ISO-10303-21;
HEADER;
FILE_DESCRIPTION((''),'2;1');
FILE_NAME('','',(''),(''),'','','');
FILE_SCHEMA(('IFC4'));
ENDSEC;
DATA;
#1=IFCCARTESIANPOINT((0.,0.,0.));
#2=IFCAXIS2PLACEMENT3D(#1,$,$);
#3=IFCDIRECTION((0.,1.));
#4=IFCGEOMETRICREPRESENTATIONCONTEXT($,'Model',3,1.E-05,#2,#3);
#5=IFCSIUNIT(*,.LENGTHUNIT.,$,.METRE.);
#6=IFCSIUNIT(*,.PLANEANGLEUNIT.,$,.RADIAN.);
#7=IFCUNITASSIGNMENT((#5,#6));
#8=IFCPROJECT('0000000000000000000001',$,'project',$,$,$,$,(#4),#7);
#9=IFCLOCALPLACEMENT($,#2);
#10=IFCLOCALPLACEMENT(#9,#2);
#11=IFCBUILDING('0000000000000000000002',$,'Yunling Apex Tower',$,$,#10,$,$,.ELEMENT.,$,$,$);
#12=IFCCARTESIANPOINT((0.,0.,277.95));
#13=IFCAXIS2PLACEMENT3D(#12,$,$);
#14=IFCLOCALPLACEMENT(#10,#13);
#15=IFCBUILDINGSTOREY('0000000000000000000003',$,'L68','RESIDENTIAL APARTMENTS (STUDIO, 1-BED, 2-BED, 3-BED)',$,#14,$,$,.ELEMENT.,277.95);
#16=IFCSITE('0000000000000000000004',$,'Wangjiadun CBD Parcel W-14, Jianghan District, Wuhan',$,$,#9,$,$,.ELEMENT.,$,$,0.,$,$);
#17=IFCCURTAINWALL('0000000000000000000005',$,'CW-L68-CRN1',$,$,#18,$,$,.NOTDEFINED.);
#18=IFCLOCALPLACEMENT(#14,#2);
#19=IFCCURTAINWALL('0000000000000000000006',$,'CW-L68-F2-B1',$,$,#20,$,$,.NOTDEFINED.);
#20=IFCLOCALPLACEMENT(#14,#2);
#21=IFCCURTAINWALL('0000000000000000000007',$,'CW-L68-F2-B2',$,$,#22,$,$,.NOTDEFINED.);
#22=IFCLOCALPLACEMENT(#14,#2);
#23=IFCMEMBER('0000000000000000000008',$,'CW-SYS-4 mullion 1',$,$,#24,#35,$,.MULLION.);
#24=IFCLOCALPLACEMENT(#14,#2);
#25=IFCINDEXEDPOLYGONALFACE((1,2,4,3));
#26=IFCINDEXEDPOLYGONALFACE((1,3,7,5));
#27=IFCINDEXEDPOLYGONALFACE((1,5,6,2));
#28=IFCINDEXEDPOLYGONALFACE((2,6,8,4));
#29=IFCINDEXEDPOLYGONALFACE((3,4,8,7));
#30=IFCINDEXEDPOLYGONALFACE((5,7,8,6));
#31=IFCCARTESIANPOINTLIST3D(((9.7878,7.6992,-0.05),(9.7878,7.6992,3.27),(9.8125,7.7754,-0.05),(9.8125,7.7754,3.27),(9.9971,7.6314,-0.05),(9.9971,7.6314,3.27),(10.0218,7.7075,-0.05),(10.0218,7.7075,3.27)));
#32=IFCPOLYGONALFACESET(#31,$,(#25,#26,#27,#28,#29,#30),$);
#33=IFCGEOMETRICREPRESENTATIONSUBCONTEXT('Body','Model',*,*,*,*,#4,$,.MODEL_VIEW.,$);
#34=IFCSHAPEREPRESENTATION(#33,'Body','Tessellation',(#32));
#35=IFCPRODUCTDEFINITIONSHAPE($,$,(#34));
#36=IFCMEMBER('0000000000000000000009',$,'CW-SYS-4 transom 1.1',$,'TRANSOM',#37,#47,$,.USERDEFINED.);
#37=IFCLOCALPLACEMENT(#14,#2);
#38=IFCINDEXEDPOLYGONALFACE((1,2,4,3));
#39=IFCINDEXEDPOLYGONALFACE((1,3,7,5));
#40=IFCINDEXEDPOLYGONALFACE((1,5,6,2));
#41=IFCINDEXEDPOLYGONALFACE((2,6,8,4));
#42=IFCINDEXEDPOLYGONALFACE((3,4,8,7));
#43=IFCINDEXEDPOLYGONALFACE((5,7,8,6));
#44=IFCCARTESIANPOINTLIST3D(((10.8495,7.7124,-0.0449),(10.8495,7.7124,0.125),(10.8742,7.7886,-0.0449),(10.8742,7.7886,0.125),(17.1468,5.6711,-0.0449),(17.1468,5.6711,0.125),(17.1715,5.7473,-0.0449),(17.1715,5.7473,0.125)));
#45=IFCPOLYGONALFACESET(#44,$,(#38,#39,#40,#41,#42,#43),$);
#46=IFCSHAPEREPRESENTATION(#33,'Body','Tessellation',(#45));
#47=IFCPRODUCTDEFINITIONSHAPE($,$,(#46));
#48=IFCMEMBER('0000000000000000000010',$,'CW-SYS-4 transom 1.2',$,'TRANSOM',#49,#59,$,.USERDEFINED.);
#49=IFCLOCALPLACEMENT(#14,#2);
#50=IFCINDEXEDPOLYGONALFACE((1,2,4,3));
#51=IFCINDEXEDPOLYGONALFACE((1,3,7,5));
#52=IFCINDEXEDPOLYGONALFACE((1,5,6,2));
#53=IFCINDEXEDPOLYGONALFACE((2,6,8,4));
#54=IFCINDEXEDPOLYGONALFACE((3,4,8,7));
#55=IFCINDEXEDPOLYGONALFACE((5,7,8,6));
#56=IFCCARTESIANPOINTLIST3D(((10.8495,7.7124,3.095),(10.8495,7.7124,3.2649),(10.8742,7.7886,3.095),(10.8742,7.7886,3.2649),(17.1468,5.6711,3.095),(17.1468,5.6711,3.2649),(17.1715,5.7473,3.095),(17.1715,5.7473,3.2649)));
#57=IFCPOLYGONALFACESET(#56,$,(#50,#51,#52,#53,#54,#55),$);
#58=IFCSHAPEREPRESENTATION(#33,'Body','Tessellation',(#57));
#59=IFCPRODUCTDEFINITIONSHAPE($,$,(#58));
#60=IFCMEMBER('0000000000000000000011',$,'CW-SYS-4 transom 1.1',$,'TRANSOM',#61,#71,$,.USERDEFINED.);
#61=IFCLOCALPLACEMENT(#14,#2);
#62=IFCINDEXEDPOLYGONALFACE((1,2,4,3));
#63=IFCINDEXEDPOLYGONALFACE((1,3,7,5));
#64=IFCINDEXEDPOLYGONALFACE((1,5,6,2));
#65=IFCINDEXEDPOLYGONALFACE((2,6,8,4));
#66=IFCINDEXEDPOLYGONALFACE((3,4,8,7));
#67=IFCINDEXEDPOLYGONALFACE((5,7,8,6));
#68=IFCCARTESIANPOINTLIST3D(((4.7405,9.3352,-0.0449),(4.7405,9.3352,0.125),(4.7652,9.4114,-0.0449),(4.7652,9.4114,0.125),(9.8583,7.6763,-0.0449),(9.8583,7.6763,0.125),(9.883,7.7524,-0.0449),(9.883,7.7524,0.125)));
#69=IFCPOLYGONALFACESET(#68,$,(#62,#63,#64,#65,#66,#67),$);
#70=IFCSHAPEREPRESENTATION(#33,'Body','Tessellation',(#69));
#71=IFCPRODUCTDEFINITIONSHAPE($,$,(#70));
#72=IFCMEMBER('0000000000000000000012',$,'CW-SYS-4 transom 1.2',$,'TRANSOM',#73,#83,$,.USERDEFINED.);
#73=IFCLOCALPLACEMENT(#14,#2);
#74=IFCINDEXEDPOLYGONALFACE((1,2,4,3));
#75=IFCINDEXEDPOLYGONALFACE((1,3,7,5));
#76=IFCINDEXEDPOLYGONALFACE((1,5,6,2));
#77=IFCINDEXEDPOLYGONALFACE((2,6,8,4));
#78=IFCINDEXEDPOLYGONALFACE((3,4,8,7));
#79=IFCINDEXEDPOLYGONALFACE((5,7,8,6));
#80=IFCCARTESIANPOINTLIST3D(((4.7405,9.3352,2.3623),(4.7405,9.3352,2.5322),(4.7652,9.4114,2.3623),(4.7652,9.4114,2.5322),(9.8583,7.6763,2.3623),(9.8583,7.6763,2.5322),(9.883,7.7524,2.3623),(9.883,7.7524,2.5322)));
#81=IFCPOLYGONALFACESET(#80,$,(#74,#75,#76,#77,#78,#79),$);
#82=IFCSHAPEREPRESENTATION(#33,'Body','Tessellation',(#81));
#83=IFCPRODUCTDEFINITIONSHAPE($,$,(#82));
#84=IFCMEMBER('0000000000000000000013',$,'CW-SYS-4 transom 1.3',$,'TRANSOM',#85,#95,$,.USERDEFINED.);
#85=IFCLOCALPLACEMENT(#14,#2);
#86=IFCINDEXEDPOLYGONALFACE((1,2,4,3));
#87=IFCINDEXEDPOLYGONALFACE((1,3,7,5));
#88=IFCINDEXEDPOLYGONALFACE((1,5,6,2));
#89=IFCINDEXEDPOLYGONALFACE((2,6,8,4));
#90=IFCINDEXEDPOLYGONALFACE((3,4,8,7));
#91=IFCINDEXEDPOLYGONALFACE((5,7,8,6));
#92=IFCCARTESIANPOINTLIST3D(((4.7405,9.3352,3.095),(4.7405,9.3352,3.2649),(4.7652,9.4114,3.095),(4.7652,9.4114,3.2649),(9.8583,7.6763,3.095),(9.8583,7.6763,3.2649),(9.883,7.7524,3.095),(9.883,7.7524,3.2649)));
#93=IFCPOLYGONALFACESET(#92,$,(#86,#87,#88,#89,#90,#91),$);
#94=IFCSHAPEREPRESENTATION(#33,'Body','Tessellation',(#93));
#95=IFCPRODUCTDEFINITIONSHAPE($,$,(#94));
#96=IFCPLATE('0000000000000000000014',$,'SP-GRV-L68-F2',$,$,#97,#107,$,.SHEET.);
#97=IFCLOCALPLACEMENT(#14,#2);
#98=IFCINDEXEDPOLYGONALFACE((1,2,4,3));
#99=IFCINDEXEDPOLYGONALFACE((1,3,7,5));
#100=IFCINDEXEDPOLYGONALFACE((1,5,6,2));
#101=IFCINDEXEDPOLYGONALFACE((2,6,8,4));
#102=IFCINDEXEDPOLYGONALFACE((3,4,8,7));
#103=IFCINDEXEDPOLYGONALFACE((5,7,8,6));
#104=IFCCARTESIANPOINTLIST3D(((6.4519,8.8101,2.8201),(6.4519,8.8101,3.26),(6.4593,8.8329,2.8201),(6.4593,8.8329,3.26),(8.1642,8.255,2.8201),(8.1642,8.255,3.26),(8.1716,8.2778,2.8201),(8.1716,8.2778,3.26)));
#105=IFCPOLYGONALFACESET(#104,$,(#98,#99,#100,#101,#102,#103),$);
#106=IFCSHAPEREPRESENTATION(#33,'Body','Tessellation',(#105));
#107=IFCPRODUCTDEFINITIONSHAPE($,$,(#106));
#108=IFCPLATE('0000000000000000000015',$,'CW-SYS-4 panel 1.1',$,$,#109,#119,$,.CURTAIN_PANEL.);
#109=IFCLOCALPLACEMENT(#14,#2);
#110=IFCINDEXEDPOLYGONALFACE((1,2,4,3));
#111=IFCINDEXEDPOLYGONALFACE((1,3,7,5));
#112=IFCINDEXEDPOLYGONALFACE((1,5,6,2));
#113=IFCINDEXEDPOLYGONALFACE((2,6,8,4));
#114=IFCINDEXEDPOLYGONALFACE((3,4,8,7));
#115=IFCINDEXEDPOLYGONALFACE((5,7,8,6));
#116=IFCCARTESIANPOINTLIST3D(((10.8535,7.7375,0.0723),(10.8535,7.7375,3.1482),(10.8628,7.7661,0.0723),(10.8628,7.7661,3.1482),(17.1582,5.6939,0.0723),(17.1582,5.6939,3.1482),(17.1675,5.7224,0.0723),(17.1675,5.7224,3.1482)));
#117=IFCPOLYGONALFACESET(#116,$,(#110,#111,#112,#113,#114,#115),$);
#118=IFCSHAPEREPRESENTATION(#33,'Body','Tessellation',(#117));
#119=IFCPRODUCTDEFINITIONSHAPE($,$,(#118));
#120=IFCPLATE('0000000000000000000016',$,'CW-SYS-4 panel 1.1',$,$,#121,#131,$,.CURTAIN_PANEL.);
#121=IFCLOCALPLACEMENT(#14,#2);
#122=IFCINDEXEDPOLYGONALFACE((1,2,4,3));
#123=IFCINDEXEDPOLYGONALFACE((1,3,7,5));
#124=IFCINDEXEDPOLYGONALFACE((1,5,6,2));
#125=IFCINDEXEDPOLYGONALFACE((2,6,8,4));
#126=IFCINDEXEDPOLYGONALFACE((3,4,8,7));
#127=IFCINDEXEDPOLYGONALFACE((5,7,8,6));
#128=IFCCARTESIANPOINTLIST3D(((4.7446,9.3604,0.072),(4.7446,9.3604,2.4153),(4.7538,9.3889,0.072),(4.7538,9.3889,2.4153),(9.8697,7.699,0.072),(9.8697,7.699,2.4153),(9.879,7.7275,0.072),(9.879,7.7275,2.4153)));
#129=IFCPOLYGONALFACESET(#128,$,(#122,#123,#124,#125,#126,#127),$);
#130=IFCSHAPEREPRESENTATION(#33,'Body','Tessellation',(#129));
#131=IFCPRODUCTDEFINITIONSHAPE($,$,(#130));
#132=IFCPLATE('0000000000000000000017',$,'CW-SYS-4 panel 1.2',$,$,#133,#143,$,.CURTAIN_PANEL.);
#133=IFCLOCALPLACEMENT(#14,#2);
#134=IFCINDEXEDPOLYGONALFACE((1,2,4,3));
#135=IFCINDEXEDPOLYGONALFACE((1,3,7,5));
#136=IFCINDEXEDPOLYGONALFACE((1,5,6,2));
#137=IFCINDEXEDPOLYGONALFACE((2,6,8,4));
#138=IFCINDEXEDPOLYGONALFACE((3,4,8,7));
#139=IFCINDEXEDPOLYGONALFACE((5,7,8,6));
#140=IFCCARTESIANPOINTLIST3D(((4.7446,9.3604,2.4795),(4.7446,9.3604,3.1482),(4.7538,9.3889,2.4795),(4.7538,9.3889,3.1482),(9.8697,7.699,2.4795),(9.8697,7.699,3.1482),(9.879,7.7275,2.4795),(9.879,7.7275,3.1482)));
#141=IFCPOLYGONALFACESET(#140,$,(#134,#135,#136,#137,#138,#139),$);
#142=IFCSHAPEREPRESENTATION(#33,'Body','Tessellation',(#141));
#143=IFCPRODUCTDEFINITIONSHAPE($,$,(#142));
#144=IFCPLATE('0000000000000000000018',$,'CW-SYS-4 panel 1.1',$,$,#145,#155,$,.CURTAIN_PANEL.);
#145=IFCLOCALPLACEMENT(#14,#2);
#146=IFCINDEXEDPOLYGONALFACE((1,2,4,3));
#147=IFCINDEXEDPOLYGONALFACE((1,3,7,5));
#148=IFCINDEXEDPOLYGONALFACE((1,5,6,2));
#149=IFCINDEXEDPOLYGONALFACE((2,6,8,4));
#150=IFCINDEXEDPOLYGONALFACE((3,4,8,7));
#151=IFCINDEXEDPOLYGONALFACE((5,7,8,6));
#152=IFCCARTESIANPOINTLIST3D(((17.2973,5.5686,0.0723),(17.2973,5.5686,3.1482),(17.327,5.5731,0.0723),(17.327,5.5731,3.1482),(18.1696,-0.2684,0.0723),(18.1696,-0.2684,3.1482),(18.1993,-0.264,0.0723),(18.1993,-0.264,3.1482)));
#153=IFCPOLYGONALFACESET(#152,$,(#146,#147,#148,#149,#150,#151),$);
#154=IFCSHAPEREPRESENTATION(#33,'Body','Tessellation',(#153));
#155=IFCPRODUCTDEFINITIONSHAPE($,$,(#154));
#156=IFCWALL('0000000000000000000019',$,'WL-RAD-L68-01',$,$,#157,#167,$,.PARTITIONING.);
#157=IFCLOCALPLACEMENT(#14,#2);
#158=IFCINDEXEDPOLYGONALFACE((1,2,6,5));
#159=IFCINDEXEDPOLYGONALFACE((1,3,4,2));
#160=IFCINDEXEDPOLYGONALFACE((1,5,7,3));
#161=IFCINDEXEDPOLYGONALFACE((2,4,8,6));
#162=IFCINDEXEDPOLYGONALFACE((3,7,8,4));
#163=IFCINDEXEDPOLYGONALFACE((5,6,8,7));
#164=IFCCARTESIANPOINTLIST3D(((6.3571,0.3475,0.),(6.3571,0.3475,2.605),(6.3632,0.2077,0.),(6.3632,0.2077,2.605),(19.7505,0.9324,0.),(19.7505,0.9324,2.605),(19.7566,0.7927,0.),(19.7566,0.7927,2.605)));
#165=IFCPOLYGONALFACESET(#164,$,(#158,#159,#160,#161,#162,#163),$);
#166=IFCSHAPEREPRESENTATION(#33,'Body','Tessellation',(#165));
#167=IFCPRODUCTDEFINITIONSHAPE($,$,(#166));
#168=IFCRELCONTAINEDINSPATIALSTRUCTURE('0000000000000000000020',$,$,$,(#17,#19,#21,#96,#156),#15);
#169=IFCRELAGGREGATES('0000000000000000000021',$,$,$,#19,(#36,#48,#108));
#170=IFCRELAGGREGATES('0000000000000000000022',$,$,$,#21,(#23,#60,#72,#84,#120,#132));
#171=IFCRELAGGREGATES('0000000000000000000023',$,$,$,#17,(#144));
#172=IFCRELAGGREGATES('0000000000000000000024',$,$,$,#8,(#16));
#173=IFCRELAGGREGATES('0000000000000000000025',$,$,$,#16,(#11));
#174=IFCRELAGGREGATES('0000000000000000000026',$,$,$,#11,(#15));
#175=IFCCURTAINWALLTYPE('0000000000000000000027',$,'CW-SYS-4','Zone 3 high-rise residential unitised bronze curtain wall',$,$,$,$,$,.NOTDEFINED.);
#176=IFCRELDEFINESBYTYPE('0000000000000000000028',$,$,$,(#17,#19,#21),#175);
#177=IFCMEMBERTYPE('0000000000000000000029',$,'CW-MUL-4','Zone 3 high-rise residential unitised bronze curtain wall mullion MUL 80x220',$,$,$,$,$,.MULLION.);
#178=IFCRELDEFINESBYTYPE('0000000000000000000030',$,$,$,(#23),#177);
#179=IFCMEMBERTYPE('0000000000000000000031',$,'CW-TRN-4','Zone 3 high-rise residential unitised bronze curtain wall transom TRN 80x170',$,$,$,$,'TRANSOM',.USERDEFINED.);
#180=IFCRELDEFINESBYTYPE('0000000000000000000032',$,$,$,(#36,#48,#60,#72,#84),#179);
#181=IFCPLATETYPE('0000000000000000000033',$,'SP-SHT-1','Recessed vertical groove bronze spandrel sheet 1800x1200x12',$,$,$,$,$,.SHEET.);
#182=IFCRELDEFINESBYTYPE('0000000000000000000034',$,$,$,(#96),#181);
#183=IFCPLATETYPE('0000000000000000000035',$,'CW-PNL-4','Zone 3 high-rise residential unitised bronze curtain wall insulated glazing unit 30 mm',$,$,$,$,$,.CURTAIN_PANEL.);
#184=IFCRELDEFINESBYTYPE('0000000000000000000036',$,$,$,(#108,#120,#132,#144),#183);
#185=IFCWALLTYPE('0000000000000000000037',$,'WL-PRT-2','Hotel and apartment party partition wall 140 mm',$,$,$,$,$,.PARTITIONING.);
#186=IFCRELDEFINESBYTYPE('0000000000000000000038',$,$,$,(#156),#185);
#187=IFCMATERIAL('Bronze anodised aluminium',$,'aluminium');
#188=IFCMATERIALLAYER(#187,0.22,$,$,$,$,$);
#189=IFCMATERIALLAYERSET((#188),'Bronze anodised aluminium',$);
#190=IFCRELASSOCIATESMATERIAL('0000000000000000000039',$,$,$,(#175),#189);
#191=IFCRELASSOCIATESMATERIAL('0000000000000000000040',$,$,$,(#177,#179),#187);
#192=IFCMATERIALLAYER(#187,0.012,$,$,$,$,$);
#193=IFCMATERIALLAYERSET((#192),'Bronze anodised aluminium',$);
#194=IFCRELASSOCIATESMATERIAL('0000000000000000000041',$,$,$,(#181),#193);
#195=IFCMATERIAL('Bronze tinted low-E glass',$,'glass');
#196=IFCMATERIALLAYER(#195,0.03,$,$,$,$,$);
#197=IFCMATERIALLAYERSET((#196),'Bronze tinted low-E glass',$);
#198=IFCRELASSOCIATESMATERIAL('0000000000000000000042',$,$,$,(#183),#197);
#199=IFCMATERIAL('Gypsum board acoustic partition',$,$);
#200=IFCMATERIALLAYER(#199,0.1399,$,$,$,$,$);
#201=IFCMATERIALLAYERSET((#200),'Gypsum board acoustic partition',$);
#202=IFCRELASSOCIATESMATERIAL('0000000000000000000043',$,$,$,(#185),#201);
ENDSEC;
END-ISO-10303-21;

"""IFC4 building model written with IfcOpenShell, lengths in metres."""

from ifc_helpers import new_model, si_unit, direction, frame, frame_2d, origin, origin_2d, place, context, subcontext, project, spatial, rectangle, extrude, source, transform, mapped, material, layer, layer_set, material_profile, profile_set, type_object, element, aggregate, save


model = new_model("IFC4")

# Units and contexts
model_context = context("Model", 3, precision=1e-05, world=origin(), true_north=direction((0.0, 1.0)))
body_context = subcontext(model_context, "Body", "Model", "MODEL_VIEW")
ifc_project = project(units=[si_unit("LENGTHUNIT", "METRE"), si_unit("PLANEANGLEUNIT", "RADIAN")], contexts=[model_context])

# Site, building, storey
site_placement = place(None, origin())
site = spatial("IfcSite", under=ifc_project, at=site_placement, Name="Wangjiadun CBD Parcel W-14, Jianghan District, Wuhan", CompositionType="ELEMENT", RefElevation=0.0)
building_placement = place(site_placement, origin())
building = spatial("IfcBuilding", under=site, at=building_placement, Name="Yunling Apex Tower", CompositionType="ELEMENT")
storey_placement = place(building_placement, frame((0.0, 0.0, 277.95)))
storey = spatial("IfcBuildingStorey", under=building, at=storey_placement, Name="L68", Description="RESIDENTIAL APARTMENTS (STUDIO, 1-BED, 2-BED, 3-BED)", CompositionType="ELEMENT", Elevation=277.95)

# Curtain wall
ifc_material_1 = material(Name="Bronze anodised aluminium", Category="aluminium")
ifc_layer_1 = layer(ifc_material_1, 0.22)
ifc_layer_set_1 = layer_set([ifc_layer_1], Name="Bronze anodised aluminium")
curtain_wall_type = type_object("IfcCurtainWallType", Name="CW-SYS-4", Description="Zone 3 high-rise residential unitised bronze curtain wall", PredefinedType="NOTDEFINED", material=ifc_layer_set_1)
curtain_wall_1_placement = place(storey_placement, origin())
curtain_wall_1 = element("IfcCurtainWall", 1, at=curtain_wall_1_placement, inside=storey, type_object=curtain_wall_type, Name="CW-L68-CRN1", PredefinedType="NOTDEFINED")
ifc_material_profile_1 = material_profile(ifc_material_1, rectangle(XDim=0.0801, YDim=0.22, at=origin_2d()))
ifc_profile_set_1 = profile_set([ifc_material_profile_1], Name="Bronze anodised aluminium")
member_type_1 = type_object("IfcMemberType", Name="CW-MUL-4", Description="Zone 3 high-rise residential unitised bronze curtain wall mullion MUL 80x220", PredefinedType="MULLION", material=ifc_profile_set_1)
shared_shape_1 = source(origin(), body_context, "Body", "SweptSolid", [
    extrude(rectangle(XDim=0.0801, YDim=0.22, at=origin_2d()), origin(), (0.0, 0.0, 1.0), 3.3201),
])

# Curtain wall
curtain_wall_2_placement = place(storey_placement, origin())
curtain_wall_2 = element("IfcCurtainWall", 2, at=curtain_wall_2_placement, inside=storey, type_object=curtain_wall_type, Name="CW-L68-F2-B1", PredefinedType="NOTDEFINED")

# Curtain wall, member
curtain_wall_3_placement = place(storey_placement, origin())
curtain_wall_3 = element("IfcCurtainWall", 3, at=curtain_wall_3_placement, inside=storey, type_object=curtain_wall_type, Name="CW-L68-F2-B2", PredefinedType="NOTDEFINED")
member_1_placement = place(storey_placement, frame((9.9048, 7.7034, -0.05), z_axis=(0.0, 0.0, 1.0), x_axis=(-0.308369, -0.951267, 0.0)))
member_1 = element("IfcMember", 4, at=member_1_placement, type_object=member_type_1, Name="CW-SYS-4 mullion 1", PredefinedType="MULLION", context=body_context, shape_type="MappedRepresentation", body=[
    mapped(shared_shape_1, transform((0.0, 0.0, 0.0), scale=1.0)),
])

# Members
ifc_material_profile_2 = material_profile(ifc_material_1, rectangle(XDim=0.0801, YDim=0.1699, at=origin_2d()))
ifc_profile_set_2 = profile_set([ifc_material_profile_2], Name="Bronze anodised aluminium")
member_type_2 = type_object("IfcMemberType", Name="CW-TRN-4", Description="Zone 3 high-rise residential unitised bronze curtain wall transom TRN 80x170", ElementType="TRANSOM", PredefinedType="USERDEFINED", material=ifc_profile_set_2)
shared_shape_2 = source(origin(), body_context, "Body", "SweptSolid", [
    extrude(rectangle(XDim=0.0801, YDim=0.1699, at=origin_2d()), origin(), (0.0, 0.0, 1.0), 6.6199),
])
member_2_placement = place(storey_placement, frame((17.1592, 5.7092, 0.04), z_axis=(-0.951273, 0.30835, 0.0), x_axis=(-0.30835, -0.951273, 0.0)))
member_2 = element("IfcMember", 5, at=member_2_placement, type_object=member_type_2, Name="CW-SYS-4 transom 1.1", ObjectType="TRANSOM", PredefinedType="USERDEFINED", context=body_context, shape_type="MappedRepresentation", body=[
    mapped(shared_shape_2, transform((0.0, 0.0, 0.0), scale=1.0)),
])
member_3_placement = place(storey_placement, frame((17.1592, 5.7092, 3.1799), z_axis=(-0.951273, 0.30835, 0.0), x_axis=(-0.30835, -0.951273, 0.0)))
member_3 = element("IfcMember", 6, at=member_3_placement, type_object=member_type_2, Name="CW-SYS-4 transom 1.2", ObjectType="TRANSOM", PredefinedType="USERDEFINED", context=body_context, shape_type="MappedRepresentation", body=[
    mapped(shared_shape_2, transform((0.0, 0.0, 0.0), scale=1.0)),
])
shared_shape_3 = source(origin(), body_context, "Body", "SweptSolid", [
    extrude(rectangle(XDim=0.0801, YDim=0.1699, at=origin_2d()), origin(), (0.0, 0.0, 1.0), 5.3799),
])
member_4_placement = place(storey_placement, frame((9.8706, 7.7144, 0.04), z_axis=(-0.951269, 0.308362, 0.0), x_axis=(-0.308362, -0.951269, 0.0)))
member_4 = element("IfcMember", 7, at=member_4_placement, type_object=member_type_2, Name="CW-SYS-4 transom 1.1", ObjectType="TRANSOM", PredefinedType="USERDEFINED", context=body_context, shape_type="MappedRepresentation", body=[
    mapped(shared_shape_3, transform((0.0, 0.0, 0.0), scale=1.0)),
])
member_5_placement = place(storey_placement, frame((9.8706, 7.7144, 2.4473), z_axis=(-0.951269, 0.308362, 0.0), x_axis=(-0.308362, -0.951269, 0.0)))
member_5 = element("IfcMember", 8, at=member_5_placement, type_object=member_type_2, Name="CW-SYS-4 transom 1.2", ObjectType="TRANSOM", PredefinedType="USERDEFINED", context=body_context, shape_type="MappedRepresentation", body=[
    mapped(shared_shape_3, transform((0.0, 0.0, 0.0), scale=1.0)),
])
member_6_placement = place(storey_placement, frame((9.8706, 7.7144, 3.1799), z_axis=(-0.951269, 0.308362, 0.0), x_axis=(-0.308362, -0.951269, 0.0)))
member_6 = element("IfcMember", 9, at=member_6_placement, type_object=member_type_2, Name="CW-SYS-4 transom 1.3", ObjectType="TRANSOM", PredefinedType="USERDEFINED", context=body_context, shape_type="MappedRepresentation", body=[
    mapped(shared_shape_3, transform((0.0, 0.0, 0.0), scale=1.0)),
])

# Plates
ifc_layer_2 = layer(ifc_material_1, 0.012)
ifc_layer_set_2 = layer_set([ifc_layer_2], Name="Bronze anodised aluminium")
plate_type_1 = type_object("IfcPlateType", Name="SP-SHT-1", Description="Recessed vertical groove bronze spandrel sheet 1800x1200x12", PredefinedType="SHEET", material=ifc_layer_set_2)
shared_shape_4 = source(origin(), body_context, "Body", "SweptSolid", [
    extrude(rectangle(XDim=1.8, YDim=0.0239, at=origin_2d()), origin(), (0.0, 0.0, 1.0), 0.4399),
])
plate_1_placement = place(storey_placement, frame((7.3118, 8.5439, 2.8201), z_axis=(0.0, 0.0, 1.0), x_axis=(-0.951272, 0.308353, 0.0)))
element("IfcPlate", 10, at=plate_1_placement, inside=storey, type_object=plate_type_1, Name="SP-GRV-L68-F2", PredefinedType="SHEET", context=body_context, shape_type="MappedRepresentation", body=[
    mapped(shared_shape_4, transform((0.0, 0.0, 0.0), scale=1.0)),
])
ifc_material_2 = material(Name="Bronze tinted low-E glass", Category="glass")
ifc_layer_3 = layer(ifc_material_2, 0.03)
ifc_layer_set_3 = layer_set([ifc_layer_3], Name="Bronze tinted low-E glass")
plate_type_2 = type_object("IfcPlateType", Name="CW-PNL-4", Description="Zone 3 high-rise residential unitised bronze curtain wall insulated glazing unit 30 mm", PredefinedType="CURTAIN_PANEL", material=ifc_layer_set_3)
shared_shape_5 = source(origin(), body_context, "Body", "SweptSolid", [
    extrude(rectangle(XDim=6.6277, YDim=0.03, at=origin_2d()), origin(), (0.0, 0.0, 1.0), 3.0759),
])
plate_2_placement = place(storey_placement, frame((14.0105, 6.73, 0.0723), z_axis=(0.0, 0.0, 1.0), x_axis=(-0.951272, 0.308353, 0.0)))
plate_2 = element("IfcPlate", 11, at=plate_2_placement, type_object=plate_type_2, Name="CW-SYS-4 panel 1.1", PredefinedType="CURTAIN_PANEL", context=body_context, shape_type="MappedRepresentation", body=[
    mapped(shared_shape_5, transform((0.0, 0.0, 0.0), scale=1.0)),
])
aggregate(curtain_wall_2, [member_2, member_3, plate_2])
shared_shape_6 = source(origin(), body_context, "Body", "SweptSolid", [
    extrude(rectangle(XDim=5.3877, YDim=0.03, at=origin_2d()), origin(), (0.0, 0.0, 1.0), 2.3433),
])
plate_3_placement = place(storey_placement, frame((7.3118, 8.5439, 0.072), z_axis=(0.0, 0.0, 1.0), x_axis=(-0.951267, 0.308369, 0.0)))
plate_3 = element("IfcPlate", 12, at=plate_3_placement, type_object=plate_type_2, Name="CW-SYS-4 panel 1.1", PredefinedType="CURTAIN_PANEL", context=body_context, shape_type="MappedRepresentation", body=[
    mapped(shared_shape_6, transform((0.0, 0.0, 0.0), scale=1.0)),
])
shared_shape_7 = source(origin(), body_context, "Body", "SweptSolid", [
    extrude(rectangle(XDim=5.3877, YDim=0.03, at=origin_2d()), origin(), (0.0, 0.0, 1.0), 0.6687),
])
plate_4_placement = place(storey_placement, frame((7.3118, 8.5439, 2.4795), z_axis=(0.0, 0.0, 1.0), x_axis=(-0.951267, 0.308369, 0.0)))
plate_4 = element("IfcPlate", 13, at=plate_4_placement, type_object=plate_type_2, Name="CW-SYS-4 panel 1.2", PredefinedType="CURTAIN_PANEL", context=body_context, shape_type="MappedRepresentation", body=[
    mapped(shared_shape_7, transform((0.0, 0.0, 0.0), scale=1.0)),
])
aggregate(curtain_wall_3, [member_1, member_4, member_5, member_6, plate_3, plate_4])
shared_shape_8 = source(origin(), body_context, "Body", "SweptSolid", [
    extrude(rectangle(XDim=5.9019, YDim=0.03, at=origin_2d()), origin(), (0.0, 0.0, 1.0), 3.0759),
])
plate_5_placement = place(storey_placement, frame((17.7483, 2.6523, 0.0723), z_axis=(0.0, 0.0, 1.0), x_axis=(-0.147803, 0.989017, 0.0)))
plate_5 = element("IfcPlate", 14, at=plate_5_placement, type_object=plate_type_2, Name="CW-SYS-4 panel 1.1", PredefinedType="CURTAIN_PANEL", context=body_context, shape_type="MappedRepresentation", body=[
    mapped(shared_shape_8, transform((0.0, 0.0, 0.0), scale=1.0)),
])
aggregate(curtain_wall_1, [plate_5])

# Wall
ifc_material_3 = material(Name="Gypsum board acoustic partition")
ifc_layer_4 = layer(ifc_material_3, 0.1399)
ifc_layer_set_4 = layer_set([ifc_layer_4], Name="Gypsum board acoustic partition")
wall_type = type_object("IfcWallType", Name="WL-PRT-2", Description="Hotel and apartment party partition wall 140 mm", PredefinedType="PARTITIONING", material=ifc_layer_set_4)
wall_placement = place(storey_placement, frame((6.3601, 0.2776, 0.0), z_axis=(0.0, 0.0, 1.0), x_axis=(0.999048, 0.043633, 0.0)))
element("IfcWall", 15, at=wall_placement, inside=storey, type_object=wall_type, Name="WL-RAD-L68-01", PredefinedType="PARTITIONING", context=body_context, shape_type="SweptSolid", body=[
    extrude(rectangle(XDim=13.4062, YDim=0.1399, at=frame_2d((6.7031, 0.0))), origin(), (0.0, 0.0, 1.0), 2.605),
])

save(model, "model.ifc")
